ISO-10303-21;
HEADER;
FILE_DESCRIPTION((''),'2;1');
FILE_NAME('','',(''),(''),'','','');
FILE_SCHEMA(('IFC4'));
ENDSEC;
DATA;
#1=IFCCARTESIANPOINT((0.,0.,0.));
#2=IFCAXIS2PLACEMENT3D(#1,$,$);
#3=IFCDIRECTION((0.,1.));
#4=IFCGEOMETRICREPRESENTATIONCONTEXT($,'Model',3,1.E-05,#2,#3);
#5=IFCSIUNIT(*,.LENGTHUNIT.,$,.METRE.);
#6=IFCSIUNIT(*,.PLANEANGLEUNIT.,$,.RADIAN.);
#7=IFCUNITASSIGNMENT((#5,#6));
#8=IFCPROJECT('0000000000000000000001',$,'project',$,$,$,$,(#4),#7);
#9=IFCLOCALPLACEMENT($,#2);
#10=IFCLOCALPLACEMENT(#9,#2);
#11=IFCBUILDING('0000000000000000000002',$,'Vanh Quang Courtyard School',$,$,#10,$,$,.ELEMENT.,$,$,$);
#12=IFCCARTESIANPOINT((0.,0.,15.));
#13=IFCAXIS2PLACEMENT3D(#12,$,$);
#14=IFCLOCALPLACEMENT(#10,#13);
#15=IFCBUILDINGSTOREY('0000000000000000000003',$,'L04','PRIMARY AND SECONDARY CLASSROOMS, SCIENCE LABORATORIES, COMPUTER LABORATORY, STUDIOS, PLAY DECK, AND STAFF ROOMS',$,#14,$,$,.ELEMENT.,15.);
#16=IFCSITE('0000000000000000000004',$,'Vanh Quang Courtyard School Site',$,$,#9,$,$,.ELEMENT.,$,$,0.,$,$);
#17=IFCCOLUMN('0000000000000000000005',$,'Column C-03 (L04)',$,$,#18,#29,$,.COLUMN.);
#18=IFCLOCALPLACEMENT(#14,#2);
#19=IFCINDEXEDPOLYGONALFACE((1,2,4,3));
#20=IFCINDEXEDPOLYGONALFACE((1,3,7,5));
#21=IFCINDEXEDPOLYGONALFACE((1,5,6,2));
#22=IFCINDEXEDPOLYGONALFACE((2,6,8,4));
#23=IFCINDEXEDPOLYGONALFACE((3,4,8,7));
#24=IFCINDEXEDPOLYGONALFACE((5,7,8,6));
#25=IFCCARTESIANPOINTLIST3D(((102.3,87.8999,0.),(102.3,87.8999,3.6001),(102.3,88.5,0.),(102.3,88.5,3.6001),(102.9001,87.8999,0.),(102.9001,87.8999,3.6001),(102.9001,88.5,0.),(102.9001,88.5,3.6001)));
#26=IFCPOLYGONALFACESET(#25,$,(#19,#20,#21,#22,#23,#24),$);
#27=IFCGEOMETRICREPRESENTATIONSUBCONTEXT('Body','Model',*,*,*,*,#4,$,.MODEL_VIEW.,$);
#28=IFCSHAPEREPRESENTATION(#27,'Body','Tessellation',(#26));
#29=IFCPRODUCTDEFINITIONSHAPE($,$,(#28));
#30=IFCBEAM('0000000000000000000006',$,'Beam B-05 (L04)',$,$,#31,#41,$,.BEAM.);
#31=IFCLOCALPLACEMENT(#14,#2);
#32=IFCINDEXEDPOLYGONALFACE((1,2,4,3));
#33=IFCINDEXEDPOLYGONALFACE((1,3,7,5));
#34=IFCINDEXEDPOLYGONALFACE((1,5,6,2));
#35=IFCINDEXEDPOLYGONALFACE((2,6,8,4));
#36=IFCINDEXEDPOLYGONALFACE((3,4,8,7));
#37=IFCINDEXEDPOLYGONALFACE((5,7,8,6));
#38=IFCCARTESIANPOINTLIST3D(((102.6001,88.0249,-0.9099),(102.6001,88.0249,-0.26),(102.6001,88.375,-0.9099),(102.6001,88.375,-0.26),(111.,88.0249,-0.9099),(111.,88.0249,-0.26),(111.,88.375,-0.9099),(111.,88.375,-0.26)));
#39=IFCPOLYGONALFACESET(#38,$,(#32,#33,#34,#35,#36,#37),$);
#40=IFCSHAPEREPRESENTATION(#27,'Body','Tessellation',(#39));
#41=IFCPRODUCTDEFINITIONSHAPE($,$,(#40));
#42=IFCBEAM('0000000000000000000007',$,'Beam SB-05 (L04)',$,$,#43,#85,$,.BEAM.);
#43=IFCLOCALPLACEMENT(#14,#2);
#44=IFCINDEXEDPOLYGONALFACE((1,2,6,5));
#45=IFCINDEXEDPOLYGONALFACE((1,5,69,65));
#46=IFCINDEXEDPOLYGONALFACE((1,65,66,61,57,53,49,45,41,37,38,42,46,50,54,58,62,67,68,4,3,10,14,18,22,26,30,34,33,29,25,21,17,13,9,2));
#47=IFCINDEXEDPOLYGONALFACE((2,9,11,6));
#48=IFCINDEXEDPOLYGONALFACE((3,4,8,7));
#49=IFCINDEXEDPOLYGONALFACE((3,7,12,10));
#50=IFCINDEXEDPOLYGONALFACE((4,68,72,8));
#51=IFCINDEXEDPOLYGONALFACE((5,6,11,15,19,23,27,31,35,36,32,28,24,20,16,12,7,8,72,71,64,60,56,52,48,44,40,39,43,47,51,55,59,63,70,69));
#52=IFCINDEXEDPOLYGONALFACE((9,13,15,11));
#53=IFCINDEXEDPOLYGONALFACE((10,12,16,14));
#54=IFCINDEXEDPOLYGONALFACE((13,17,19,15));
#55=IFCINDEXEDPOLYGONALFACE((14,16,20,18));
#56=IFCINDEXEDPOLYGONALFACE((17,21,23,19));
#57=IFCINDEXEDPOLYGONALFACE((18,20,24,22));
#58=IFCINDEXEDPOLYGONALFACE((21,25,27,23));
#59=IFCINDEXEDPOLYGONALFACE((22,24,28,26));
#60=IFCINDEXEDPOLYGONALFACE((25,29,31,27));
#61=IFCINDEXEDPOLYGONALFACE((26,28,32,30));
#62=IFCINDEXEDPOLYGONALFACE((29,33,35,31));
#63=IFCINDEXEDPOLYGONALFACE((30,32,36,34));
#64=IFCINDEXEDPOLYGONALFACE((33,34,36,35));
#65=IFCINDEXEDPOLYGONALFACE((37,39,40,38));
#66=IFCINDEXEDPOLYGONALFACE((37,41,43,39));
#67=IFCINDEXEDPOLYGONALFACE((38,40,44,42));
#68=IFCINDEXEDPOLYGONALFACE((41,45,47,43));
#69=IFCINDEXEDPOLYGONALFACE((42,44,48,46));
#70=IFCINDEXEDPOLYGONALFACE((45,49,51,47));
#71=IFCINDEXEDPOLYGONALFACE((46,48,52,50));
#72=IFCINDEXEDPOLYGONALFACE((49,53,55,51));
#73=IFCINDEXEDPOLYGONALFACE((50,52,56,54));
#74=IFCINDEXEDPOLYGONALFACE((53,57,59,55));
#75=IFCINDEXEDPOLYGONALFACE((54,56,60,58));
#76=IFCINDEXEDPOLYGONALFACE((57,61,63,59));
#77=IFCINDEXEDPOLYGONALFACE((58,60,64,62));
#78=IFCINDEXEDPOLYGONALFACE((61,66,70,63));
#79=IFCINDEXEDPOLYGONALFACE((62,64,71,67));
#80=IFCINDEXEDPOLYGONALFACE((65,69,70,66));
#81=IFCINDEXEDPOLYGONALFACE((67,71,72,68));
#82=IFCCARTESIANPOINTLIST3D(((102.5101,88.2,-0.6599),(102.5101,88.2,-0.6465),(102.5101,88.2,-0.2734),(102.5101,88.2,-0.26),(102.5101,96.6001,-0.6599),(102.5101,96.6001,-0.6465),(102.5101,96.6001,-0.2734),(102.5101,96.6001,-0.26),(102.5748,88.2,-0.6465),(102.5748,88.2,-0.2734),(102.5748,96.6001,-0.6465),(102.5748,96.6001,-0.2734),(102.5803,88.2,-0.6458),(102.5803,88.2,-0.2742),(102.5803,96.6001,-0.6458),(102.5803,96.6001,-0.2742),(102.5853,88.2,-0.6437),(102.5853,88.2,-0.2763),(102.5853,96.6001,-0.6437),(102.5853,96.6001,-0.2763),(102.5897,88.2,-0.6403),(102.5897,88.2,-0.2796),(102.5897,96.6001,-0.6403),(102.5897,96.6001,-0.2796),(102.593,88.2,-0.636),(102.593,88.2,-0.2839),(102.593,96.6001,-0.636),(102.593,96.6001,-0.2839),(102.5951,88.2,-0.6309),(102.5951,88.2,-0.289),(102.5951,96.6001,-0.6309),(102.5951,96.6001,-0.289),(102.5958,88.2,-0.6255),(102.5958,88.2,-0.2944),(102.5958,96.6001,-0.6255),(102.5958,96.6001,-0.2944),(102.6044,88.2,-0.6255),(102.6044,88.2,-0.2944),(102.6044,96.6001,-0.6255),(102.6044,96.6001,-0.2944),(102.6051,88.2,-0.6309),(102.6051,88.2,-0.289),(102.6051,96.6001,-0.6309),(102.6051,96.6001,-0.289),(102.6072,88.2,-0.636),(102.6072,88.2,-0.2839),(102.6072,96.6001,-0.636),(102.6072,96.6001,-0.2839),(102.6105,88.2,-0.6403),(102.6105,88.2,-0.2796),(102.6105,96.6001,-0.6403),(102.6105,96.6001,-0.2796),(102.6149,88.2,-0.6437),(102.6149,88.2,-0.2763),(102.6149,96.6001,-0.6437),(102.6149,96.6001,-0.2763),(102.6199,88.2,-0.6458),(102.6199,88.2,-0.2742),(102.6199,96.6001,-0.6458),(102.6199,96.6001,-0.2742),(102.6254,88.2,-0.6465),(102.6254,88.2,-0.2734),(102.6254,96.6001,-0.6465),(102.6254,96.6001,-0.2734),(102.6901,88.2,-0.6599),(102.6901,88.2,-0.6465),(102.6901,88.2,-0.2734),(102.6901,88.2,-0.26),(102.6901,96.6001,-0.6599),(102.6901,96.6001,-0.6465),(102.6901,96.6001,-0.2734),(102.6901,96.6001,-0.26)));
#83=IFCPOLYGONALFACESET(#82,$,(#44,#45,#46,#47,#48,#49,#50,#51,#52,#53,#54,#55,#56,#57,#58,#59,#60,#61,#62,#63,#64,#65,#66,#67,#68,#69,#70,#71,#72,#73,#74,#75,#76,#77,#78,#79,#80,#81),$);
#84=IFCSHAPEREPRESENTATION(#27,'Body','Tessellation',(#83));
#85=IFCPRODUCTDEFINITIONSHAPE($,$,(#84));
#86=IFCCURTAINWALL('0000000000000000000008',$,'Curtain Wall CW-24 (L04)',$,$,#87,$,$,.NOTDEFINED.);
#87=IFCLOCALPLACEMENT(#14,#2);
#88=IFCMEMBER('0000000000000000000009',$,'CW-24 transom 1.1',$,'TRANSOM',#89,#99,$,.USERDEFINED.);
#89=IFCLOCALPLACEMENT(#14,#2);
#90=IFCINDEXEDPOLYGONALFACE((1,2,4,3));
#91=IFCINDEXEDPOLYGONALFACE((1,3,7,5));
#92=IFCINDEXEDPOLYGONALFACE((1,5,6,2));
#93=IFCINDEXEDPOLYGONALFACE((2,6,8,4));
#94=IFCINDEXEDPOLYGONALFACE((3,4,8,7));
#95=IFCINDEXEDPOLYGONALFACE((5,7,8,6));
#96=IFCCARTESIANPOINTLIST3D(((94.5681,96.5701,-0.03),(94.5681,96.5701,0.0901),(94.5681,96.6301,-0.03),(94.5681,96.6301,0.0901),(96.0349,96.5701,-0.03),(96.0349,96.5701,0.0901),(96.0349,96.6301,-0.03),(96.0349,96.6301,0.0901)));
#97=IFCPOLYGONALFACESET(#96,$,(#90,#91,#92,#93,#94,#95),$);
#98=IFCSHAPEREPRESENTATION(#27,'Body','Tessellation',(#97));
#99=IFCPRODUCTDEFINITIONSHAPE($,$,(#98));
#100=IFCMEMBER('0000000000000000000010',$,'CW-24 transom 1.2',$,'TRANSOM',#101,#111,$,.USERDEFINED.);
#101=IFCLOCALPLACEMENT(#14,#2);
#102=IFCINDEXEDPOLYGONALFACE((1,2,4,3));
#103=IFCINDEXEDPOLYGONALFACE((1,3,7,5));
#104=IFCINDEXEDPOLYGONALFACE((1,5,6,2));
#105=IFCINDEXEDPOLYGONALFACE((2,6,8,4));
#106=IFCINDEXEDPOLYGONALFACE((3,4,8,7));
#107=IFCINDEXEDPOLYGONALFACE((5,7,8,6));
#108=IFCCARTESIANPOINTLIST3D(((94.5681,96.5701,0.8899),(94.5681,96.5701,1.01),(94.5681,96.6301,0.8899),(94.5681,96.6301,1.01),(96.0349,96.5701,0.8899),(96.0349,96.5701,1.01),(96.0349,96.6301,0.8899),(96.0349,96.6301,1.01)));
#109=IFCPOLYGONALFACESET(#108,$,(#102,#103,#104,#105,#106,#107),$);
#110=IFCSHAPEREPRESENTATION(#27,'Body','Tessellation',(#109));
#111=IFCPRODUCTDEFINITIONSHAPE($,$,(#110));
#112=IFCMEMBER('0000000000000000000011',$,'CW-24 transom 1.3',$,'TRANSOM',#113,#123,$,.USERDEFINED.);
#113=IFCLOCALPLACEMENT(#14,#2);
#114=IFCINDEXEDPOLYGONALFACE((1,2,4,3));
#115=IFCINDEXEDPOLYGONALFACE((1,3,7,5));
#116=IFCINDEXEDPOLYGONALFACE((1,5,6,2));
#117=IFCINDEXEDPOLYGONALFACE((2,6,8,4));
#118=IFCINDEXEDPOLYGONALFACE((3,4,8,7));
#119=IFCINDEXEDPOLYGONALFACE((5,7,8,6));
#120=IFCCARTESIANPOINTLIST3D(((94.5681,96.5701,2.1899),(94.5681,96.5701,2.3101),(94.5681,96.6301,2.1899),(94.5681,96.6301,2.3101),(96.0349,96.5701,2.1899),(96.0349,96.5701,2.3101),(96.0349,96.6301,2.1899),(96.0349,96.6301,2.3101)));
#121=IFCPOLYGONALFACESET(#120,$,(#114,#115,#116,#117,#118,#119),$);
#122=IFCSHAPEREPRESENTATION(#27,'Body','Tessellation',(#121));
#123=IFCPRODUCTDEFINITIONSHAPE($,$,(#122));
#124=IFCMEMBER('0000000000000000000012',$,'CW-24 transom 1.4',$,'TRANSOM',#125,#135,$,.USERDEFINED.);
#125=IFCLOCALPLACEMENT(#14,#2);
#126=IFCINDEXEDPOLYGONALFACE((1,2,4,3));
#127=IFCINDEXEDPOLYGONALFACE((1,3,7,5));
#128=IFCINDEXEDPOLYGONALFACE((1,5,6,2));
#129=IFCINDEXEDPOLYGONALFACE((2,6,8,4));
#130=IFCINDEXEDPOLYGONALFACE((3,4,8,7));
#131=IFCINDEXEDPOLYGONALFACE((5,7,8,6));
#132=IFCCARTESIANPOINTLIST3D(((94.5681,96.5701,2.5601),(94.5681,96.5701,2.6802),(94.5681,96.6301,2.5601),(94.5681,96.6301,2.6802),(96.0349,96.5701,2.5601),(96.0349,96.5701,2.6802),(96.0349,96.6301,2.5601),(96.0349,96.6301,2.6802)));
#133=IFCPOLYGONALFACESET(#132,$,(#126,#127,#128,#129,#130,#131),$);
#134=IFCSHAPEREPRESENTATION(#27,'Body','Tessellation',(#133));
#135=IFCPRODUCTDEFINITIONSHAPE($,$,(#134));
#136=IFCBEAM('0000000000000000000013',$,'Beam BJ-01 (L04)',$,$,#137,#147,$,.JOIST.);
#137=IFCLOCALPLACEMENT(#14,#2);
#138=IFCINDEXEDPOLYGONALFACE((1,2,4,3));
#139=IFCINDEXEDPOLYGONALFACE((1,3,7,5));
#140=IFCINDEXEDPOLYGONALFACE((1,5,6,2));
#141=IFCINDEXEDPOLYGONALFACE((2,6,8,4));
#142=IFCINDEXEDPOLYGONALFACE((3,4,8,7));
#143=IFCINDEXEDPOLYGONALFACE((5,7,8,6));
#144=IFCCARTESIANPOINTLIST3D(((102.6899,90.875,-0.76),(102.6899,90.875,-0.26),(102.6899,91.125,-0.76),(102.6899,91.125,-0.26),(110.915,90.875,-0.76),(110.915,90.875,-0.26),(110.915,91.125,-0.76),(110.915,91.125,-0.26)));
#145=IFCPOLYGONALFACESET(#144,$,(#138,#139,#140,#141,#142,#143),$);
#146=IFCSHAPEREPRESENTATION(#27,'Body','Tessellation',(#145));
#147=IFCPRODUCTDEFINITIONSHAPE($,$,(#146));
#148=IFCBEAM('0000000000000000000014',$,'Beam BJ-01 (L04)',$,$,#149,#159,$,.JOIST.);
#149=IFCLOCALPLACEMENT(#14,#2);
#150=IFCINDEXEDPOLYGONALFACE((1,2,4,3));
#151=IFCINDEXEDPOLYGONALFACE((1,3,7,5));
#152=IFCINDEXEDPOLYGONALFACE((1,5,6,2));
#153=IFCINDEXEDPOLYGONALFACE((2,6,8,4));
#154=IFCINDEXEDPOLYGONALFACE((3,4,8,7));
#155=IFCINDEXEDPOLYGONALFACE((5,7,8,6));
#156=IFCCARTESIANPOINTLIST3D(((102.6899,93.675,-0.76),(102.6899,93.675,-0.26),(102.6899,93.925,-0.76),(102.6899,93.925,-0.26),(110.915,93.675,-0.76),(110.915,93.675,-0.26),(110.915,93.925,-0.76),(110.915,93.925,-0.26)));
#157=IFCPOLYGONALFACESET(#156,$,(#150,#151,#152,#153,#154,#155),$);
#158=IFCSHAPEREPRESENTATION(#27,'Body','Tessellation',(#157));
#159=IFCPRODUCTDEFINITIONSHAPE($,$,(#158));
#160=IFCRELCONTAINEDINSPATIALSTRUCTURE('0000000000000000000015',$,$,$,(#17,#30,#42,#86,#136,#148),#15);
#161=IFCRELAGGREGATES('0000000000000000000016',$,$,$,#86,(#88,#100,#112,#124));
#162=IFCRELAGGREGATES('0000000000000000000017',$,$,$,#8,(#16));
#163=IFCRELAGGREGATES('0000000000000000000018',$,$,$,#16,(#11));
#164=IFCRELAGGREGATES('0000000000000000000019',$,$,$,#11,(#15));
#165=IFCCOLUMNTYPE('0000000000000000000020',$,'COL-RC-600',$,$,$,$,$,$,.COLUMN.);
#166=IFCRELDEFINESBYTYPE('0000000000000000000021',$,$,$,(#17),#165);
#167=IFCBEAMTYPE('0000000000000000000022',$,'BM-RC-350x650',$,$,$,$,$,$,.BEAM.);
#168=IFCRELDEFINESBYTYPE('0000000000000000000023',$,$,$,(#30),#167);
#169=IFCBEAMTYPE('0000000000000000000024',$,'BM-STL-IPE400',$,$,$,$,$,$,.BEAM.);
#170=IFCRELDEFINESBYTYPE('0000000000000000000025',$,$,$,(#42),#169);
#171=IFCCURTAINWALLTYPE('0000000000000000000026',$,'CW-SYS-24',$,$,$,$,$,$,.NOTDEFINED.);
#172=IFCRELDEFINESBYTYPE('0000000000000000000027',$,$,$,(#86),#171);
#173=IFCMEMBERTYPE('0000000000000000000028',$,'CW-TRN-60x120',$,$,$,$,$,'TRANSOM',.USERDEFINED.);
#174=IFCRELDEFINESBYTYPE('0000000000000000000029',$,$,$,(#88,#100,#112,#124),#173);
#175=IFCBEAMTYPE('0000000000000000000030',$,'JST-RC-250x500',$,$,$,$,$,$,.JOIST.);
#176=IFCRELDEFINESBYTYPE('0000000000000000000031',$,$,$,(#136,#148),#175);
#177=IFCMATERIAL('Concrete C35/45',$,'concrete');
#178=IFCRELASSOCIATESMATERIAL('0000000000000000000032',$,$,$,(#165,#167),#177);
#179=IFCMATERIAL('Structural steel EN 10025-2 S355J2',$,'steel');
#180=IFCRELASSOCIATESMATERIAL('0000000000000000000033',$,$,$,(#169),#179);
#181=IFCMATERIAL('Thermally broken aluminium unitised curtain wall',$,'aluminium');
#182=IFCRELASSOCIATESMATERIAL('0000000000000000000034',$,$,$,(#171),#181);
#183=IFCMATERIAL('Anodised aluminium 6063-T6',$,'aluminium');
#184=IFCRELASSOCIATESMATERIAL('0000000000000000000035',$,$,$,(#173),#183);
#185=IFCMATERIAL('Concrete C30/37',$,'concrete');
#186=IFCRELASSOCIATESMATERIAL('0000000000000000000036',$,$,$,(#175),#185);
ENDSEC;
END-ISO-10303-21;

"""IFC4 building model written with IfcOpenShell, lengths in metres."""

from ifc_helpers import new_model, si_unit, direction, frame, origin, origin_2d, place, context, subcontext, project, spatial, rectangle, i_section, extrude, material, material_profile, profile_set, type_object, element, aggregate, save


model = new_model("IFC4")

# Units and contexts
model_context = context("Model", 3, precision=1e-05, world=origin(), true_north=direction((0.0, 1.0)))
body_context = subcontext(model_context, "Body", "Model", "MODEL_VIEW")
ifc_project = project(units=[si_unit("LENGTHUNIT", "METRE"), si_unit("PLANEANGLEUNIT", "RADIAN")], contexts=[model_context])

# Site, building, storey
site_placement = place(None, origin())
site = spatial("IfcSite", under=ifc_project, at=site_placement, Name="Vanh Quang Courtyard School Site", CompositionType="ELEMENT", RefElevation=0.0)
building_placement = place(site_placement, origin())
building = spatial("IfcBuilding", under=site, at=building_placement, Name="Vanh Quang Courtyard School", CompositionType="ELEMENT")
storey_placement = place(building_placement, frame((0.0, 0.0, 15.0)))
storey = spatial("IfcBuildingStorey", under=building, at=storey_placement, Name="L04", Description="PRIMARY AND SECONDARY CLASSROOMS, SCIENCE LABORATORIES, COMPUTER LABORATORY, STUDIOS, PLAY DECK, AND STAFF ROOMS", CompositionType="ELEMENT", Elevation=15.0)

# Column
ifc_material_1 = material(Name="Concrete C35/45", Category="concrete")
ifc_material_profile_1 = material_profile(ifc_material_1, rectangle(XDim=0.6001, YDim=0.6001, at=origin_2d()), Name="RC-COL 600x600")
ifc_profile_set_1 = profile_set([ifc_material_profile_1], Name="Concrete C35/45")
column_type = type_object("IfcColumnType", Name="COL-RC-600", PredefinedType="COLUMN", material=ifc_profile_set_1)
column_placement = place(storey_placement, frame((102.6001, 88.2, 0.0), z_axis=(0.0, 0.0, 1.0), x_axis=(1.0, 0.0, 0.0)))
element("IfcColumn", 1, at=column_placement, inside=storey, type_object=column_type, Name="Column C-03 (L04)", PredefinedType="COLUMN", context=body_context, shape_type="SweptSolid", body=[
    extrude(rectangle(XDim=0.6001, YDim=0.6001, at=origin_2d()), origin(), (0.0, 0.0, 1.0), 3.6001),
])

# Beams
ifc_material_profile_2 = material_profile(ifc_material_1, rectangle(XDim=0.3501, YDim=0.6499, at=origin_2d()), Name="RC-BM 350x650")
ifc_profile_set_2 = profile_set([ifc_material_profile_2], Name="Concrete C35/45")
beam_type_1 = type_object("IfcBeamType", Name="BM-RC-350x650", PredefinedType="BEAM", material=ifc_profile_set_2)
beam_1_placement = place(storey_placement, frame((102.6001, 88.2, -0.585), z_axis=(1.0, 0.0, 0.0), x_axis=(0.0, 1.0, 0.0)))
element("IfcBeam", 2, at=beam_1_placement, inside=storey, type_object=beam_type_1, Name="Beam B-05 (L04)", PredefinedType="BEAM", context=body_context, shape_type="SweptSolid", body=[
    extrude(rectangle(XDim=0.3501, YDim=0.6499, at=origin_2d()), origin(), (0.0, 0.0, 1.0), 8.3999),
])
ifc_material_2 = material(Name="Structural steel EN 10025-2 S355J2", Category="steel")
ifc_material_profile_3 = material_profile(ifc_material_2, i_section(OverallWidth=0.1799, OverallDepth=0.3999, WebThickness=0.0085, FlangeThickness=0.0134, FilletRadius=0.021, at=origin_2d()), Name="IPE 400")
ifc_profile_set_3 = profile_set([ifc_material_profile_3], Name="Structural steel EN 10025-2 S355J2")
beam_type_2 = type_object("IfcBeamType", Name="BM-STL-IPE400", PredefinedType="BEAM", material=ifc_profile_set_3)
beam_2_placement = place(storey_placement, frame((102.6001, 88.2, -0.46), z_axis=(0.0, 1.0, 0.0), x_axis=(-1.0, 0.0, 0.0)))
element("IfcBeam", 3, at=beam_2_placement, inside=storey, type_object=beam_type_2, Name="Beam SB-05 (L04)", PredefinedType="BEAM", context=body_context, shape_type="SweptSolid", body=[
    extrude(i_section(OverallWidth=0.1799, OverallDepth=0.3999, WebThickness=0.0085, FlangeThickness=0.0134, FilletRadius=0.021, at=origin_2d()), origin(), (0.0, 0.0, 1.0), 8.4001),
])

# Curtain wall, members
ifc_material_3 = material(Name="Thermally broken aluminium unitised curtain wall", Category="aluminium")
curtain_wall_type = type_object("IfcCurtainWallType", Name="CW-SYS-24", PredefinedType="NOTDEFINED", material=ifc_material_3)
curtain_wall_placement = place(storey_placement, origin())
curtain_wall = element("IfcCurtainWall", 4, at=curtain_wall_placement, inside=storey, type_object=curtain_wall_type, Name="Curtain Wall CW-24 (L04)", PredefinedType="NOTDEFINED")
ifc_material_4 = material(Name="Anodised aluminium 6063-T6", Category="aluminium")
ifc_material_profile_4 = material_profile(ifc_material_4, rectangle(XDim=0.0601, YDim=0.1201, at=origin_2d()), Name="ALU-TRN 60x120")
ifc_profile_set_4 = profile_set([ifc_material_profile_4], Name="Anodised aluminium 6063-T6")
member_type = type_object("IfcMemberType", Name="CW-TRN-60x120", ElementType="TRANSOM", PredefinedType="USERDEFINED", material=ifc_profile_set_4)
member_1_placement = place(storey_placement, frame((94.5681, 96.6001, 0.03), z_axis=(1.0, 0.0, 0.0), x_axis=(0.0, 1.0, 0.0)))
member_1 = element("IfcMember", 5, at=member_1_placement, type_object=member_type, Name="CW-24 transom 1.1", ObjectType="TRANSOM", PredefinedType="USERDEFINED", context=body_context, shape_type="SweptSolid", body=[
    extrude(rectangle(XDim=0.0601, YDim=0.1201, at=origin_2d()), origin(), (0.0, 0.0, 1.0), 1.4668),
])
member_2_placement = place(storey_placement, frame((94.5681, 96.6001, 0.95), z_axis=(1.0, 0.0, 0.0), x_axis=(0.0, 1.0, 0.0)))
member_2 = element("IfcMember", 6, at=member_2_placement, type_object=member_type, Name="CW-24 transom 1.2", ObjectType="TRANSOM", PredefinedType="USERDEFINED", context=body_context, shape_type="SweptSolid", body=[
    extrude(rectangle(XDim=0.0601, YDim=0.1201, at=origin_2d()), origin(), (0.0, 0.0, 1.0), 1.4668),
])
member_3_placement = place(storey_placement, frame((94.5681, 96.6001, 2.25), z_axis=(1.0, 0.0, 0.0), x_axis=(0.0, 1.0, 0.0)))
member_3 = element("IfcMember", 7, at=member_3_placement, type_object=member_type, Name="CW-24 transom 1.3", ObjectType="TRANSOM", PredefinedType="USERDEFINED", context=body_context, shape_type="SweptSolid", body=[
    extrude(rectangle(XDim=0.0601, YDim=0.1201, at=origin_2d()), origin(), (0.0, 0.0, 1.0), 1.4668),
])
member_4_placement = place(storey_placement, frame((94.5681, 96.6001, 2.6201), z_axis=(1.0, 0.0, 0.0), x_axis=(0.0, 1.0, 0.0)))
member_4 = element("IfcMember", 8, at=member_4_placement, type_object=member_type, Name="CW-24 transom 1.4", ObjectType="TRANSOM", PredefinedType="USERDEFINED", context=body_context, shape_type="SweptSolid", body=[
    extrude(rectangle(XDim=0.0601, YDim=0.1201, at=origin_2d()), origin(), (0.0, 0.0, 1.0), 1.4668),
])

# Beams
ifc_material_5 = material(Name="Concrete C30/37", Category="concrete")
ifc_material_profile_5 = material_profile(ifc_material_5, rectangle(XDim=0.25, YDim=0.5, at=origin_2d()), Name="RC-JST 250x500")
ifc_profile_set_5 = profile_set([ifc_material_profile_5], Name="Concrete C30/37")
beam_type_3 = type_object("IfcBeamType", Name="JST-RC-250x500", PredefinedType="JOIST", material=ifc_profile_set_5)
for number, where, z_axis, x_axis, name in (
    (9, (102.6899, 91.0, -0.51), (1.0, 0.0, 0.0), (0.0, 1.0, 0.0), "Beam BJ-01 (L04)"),
    (10, (102.6899, 93.8, -0.51), (1.0, 0.0, 0.0), (0.0, 1.0, 0.0), "Beam BJ-01 (L04)"),
):
    element("IfcBeam", number, at=place(storey_placement, frame(where, z_axis=z_axis, x_axis=x_axis)), inside=storey, type_object=beam_type_3, Name=name, PredefinedType="JOIST", context=body_context, shape_type="SweptSolid", body=[
        extrude(rectangle(XDim=0.25, YDim=0.5, at=origin_2d()), origin(), (0.0, 0.0, 1.0), 8.2251),
    ])

aggregate(curtain_wall, [member_1, member_2, member_3, member_4])

save(model, "model.ifc")
